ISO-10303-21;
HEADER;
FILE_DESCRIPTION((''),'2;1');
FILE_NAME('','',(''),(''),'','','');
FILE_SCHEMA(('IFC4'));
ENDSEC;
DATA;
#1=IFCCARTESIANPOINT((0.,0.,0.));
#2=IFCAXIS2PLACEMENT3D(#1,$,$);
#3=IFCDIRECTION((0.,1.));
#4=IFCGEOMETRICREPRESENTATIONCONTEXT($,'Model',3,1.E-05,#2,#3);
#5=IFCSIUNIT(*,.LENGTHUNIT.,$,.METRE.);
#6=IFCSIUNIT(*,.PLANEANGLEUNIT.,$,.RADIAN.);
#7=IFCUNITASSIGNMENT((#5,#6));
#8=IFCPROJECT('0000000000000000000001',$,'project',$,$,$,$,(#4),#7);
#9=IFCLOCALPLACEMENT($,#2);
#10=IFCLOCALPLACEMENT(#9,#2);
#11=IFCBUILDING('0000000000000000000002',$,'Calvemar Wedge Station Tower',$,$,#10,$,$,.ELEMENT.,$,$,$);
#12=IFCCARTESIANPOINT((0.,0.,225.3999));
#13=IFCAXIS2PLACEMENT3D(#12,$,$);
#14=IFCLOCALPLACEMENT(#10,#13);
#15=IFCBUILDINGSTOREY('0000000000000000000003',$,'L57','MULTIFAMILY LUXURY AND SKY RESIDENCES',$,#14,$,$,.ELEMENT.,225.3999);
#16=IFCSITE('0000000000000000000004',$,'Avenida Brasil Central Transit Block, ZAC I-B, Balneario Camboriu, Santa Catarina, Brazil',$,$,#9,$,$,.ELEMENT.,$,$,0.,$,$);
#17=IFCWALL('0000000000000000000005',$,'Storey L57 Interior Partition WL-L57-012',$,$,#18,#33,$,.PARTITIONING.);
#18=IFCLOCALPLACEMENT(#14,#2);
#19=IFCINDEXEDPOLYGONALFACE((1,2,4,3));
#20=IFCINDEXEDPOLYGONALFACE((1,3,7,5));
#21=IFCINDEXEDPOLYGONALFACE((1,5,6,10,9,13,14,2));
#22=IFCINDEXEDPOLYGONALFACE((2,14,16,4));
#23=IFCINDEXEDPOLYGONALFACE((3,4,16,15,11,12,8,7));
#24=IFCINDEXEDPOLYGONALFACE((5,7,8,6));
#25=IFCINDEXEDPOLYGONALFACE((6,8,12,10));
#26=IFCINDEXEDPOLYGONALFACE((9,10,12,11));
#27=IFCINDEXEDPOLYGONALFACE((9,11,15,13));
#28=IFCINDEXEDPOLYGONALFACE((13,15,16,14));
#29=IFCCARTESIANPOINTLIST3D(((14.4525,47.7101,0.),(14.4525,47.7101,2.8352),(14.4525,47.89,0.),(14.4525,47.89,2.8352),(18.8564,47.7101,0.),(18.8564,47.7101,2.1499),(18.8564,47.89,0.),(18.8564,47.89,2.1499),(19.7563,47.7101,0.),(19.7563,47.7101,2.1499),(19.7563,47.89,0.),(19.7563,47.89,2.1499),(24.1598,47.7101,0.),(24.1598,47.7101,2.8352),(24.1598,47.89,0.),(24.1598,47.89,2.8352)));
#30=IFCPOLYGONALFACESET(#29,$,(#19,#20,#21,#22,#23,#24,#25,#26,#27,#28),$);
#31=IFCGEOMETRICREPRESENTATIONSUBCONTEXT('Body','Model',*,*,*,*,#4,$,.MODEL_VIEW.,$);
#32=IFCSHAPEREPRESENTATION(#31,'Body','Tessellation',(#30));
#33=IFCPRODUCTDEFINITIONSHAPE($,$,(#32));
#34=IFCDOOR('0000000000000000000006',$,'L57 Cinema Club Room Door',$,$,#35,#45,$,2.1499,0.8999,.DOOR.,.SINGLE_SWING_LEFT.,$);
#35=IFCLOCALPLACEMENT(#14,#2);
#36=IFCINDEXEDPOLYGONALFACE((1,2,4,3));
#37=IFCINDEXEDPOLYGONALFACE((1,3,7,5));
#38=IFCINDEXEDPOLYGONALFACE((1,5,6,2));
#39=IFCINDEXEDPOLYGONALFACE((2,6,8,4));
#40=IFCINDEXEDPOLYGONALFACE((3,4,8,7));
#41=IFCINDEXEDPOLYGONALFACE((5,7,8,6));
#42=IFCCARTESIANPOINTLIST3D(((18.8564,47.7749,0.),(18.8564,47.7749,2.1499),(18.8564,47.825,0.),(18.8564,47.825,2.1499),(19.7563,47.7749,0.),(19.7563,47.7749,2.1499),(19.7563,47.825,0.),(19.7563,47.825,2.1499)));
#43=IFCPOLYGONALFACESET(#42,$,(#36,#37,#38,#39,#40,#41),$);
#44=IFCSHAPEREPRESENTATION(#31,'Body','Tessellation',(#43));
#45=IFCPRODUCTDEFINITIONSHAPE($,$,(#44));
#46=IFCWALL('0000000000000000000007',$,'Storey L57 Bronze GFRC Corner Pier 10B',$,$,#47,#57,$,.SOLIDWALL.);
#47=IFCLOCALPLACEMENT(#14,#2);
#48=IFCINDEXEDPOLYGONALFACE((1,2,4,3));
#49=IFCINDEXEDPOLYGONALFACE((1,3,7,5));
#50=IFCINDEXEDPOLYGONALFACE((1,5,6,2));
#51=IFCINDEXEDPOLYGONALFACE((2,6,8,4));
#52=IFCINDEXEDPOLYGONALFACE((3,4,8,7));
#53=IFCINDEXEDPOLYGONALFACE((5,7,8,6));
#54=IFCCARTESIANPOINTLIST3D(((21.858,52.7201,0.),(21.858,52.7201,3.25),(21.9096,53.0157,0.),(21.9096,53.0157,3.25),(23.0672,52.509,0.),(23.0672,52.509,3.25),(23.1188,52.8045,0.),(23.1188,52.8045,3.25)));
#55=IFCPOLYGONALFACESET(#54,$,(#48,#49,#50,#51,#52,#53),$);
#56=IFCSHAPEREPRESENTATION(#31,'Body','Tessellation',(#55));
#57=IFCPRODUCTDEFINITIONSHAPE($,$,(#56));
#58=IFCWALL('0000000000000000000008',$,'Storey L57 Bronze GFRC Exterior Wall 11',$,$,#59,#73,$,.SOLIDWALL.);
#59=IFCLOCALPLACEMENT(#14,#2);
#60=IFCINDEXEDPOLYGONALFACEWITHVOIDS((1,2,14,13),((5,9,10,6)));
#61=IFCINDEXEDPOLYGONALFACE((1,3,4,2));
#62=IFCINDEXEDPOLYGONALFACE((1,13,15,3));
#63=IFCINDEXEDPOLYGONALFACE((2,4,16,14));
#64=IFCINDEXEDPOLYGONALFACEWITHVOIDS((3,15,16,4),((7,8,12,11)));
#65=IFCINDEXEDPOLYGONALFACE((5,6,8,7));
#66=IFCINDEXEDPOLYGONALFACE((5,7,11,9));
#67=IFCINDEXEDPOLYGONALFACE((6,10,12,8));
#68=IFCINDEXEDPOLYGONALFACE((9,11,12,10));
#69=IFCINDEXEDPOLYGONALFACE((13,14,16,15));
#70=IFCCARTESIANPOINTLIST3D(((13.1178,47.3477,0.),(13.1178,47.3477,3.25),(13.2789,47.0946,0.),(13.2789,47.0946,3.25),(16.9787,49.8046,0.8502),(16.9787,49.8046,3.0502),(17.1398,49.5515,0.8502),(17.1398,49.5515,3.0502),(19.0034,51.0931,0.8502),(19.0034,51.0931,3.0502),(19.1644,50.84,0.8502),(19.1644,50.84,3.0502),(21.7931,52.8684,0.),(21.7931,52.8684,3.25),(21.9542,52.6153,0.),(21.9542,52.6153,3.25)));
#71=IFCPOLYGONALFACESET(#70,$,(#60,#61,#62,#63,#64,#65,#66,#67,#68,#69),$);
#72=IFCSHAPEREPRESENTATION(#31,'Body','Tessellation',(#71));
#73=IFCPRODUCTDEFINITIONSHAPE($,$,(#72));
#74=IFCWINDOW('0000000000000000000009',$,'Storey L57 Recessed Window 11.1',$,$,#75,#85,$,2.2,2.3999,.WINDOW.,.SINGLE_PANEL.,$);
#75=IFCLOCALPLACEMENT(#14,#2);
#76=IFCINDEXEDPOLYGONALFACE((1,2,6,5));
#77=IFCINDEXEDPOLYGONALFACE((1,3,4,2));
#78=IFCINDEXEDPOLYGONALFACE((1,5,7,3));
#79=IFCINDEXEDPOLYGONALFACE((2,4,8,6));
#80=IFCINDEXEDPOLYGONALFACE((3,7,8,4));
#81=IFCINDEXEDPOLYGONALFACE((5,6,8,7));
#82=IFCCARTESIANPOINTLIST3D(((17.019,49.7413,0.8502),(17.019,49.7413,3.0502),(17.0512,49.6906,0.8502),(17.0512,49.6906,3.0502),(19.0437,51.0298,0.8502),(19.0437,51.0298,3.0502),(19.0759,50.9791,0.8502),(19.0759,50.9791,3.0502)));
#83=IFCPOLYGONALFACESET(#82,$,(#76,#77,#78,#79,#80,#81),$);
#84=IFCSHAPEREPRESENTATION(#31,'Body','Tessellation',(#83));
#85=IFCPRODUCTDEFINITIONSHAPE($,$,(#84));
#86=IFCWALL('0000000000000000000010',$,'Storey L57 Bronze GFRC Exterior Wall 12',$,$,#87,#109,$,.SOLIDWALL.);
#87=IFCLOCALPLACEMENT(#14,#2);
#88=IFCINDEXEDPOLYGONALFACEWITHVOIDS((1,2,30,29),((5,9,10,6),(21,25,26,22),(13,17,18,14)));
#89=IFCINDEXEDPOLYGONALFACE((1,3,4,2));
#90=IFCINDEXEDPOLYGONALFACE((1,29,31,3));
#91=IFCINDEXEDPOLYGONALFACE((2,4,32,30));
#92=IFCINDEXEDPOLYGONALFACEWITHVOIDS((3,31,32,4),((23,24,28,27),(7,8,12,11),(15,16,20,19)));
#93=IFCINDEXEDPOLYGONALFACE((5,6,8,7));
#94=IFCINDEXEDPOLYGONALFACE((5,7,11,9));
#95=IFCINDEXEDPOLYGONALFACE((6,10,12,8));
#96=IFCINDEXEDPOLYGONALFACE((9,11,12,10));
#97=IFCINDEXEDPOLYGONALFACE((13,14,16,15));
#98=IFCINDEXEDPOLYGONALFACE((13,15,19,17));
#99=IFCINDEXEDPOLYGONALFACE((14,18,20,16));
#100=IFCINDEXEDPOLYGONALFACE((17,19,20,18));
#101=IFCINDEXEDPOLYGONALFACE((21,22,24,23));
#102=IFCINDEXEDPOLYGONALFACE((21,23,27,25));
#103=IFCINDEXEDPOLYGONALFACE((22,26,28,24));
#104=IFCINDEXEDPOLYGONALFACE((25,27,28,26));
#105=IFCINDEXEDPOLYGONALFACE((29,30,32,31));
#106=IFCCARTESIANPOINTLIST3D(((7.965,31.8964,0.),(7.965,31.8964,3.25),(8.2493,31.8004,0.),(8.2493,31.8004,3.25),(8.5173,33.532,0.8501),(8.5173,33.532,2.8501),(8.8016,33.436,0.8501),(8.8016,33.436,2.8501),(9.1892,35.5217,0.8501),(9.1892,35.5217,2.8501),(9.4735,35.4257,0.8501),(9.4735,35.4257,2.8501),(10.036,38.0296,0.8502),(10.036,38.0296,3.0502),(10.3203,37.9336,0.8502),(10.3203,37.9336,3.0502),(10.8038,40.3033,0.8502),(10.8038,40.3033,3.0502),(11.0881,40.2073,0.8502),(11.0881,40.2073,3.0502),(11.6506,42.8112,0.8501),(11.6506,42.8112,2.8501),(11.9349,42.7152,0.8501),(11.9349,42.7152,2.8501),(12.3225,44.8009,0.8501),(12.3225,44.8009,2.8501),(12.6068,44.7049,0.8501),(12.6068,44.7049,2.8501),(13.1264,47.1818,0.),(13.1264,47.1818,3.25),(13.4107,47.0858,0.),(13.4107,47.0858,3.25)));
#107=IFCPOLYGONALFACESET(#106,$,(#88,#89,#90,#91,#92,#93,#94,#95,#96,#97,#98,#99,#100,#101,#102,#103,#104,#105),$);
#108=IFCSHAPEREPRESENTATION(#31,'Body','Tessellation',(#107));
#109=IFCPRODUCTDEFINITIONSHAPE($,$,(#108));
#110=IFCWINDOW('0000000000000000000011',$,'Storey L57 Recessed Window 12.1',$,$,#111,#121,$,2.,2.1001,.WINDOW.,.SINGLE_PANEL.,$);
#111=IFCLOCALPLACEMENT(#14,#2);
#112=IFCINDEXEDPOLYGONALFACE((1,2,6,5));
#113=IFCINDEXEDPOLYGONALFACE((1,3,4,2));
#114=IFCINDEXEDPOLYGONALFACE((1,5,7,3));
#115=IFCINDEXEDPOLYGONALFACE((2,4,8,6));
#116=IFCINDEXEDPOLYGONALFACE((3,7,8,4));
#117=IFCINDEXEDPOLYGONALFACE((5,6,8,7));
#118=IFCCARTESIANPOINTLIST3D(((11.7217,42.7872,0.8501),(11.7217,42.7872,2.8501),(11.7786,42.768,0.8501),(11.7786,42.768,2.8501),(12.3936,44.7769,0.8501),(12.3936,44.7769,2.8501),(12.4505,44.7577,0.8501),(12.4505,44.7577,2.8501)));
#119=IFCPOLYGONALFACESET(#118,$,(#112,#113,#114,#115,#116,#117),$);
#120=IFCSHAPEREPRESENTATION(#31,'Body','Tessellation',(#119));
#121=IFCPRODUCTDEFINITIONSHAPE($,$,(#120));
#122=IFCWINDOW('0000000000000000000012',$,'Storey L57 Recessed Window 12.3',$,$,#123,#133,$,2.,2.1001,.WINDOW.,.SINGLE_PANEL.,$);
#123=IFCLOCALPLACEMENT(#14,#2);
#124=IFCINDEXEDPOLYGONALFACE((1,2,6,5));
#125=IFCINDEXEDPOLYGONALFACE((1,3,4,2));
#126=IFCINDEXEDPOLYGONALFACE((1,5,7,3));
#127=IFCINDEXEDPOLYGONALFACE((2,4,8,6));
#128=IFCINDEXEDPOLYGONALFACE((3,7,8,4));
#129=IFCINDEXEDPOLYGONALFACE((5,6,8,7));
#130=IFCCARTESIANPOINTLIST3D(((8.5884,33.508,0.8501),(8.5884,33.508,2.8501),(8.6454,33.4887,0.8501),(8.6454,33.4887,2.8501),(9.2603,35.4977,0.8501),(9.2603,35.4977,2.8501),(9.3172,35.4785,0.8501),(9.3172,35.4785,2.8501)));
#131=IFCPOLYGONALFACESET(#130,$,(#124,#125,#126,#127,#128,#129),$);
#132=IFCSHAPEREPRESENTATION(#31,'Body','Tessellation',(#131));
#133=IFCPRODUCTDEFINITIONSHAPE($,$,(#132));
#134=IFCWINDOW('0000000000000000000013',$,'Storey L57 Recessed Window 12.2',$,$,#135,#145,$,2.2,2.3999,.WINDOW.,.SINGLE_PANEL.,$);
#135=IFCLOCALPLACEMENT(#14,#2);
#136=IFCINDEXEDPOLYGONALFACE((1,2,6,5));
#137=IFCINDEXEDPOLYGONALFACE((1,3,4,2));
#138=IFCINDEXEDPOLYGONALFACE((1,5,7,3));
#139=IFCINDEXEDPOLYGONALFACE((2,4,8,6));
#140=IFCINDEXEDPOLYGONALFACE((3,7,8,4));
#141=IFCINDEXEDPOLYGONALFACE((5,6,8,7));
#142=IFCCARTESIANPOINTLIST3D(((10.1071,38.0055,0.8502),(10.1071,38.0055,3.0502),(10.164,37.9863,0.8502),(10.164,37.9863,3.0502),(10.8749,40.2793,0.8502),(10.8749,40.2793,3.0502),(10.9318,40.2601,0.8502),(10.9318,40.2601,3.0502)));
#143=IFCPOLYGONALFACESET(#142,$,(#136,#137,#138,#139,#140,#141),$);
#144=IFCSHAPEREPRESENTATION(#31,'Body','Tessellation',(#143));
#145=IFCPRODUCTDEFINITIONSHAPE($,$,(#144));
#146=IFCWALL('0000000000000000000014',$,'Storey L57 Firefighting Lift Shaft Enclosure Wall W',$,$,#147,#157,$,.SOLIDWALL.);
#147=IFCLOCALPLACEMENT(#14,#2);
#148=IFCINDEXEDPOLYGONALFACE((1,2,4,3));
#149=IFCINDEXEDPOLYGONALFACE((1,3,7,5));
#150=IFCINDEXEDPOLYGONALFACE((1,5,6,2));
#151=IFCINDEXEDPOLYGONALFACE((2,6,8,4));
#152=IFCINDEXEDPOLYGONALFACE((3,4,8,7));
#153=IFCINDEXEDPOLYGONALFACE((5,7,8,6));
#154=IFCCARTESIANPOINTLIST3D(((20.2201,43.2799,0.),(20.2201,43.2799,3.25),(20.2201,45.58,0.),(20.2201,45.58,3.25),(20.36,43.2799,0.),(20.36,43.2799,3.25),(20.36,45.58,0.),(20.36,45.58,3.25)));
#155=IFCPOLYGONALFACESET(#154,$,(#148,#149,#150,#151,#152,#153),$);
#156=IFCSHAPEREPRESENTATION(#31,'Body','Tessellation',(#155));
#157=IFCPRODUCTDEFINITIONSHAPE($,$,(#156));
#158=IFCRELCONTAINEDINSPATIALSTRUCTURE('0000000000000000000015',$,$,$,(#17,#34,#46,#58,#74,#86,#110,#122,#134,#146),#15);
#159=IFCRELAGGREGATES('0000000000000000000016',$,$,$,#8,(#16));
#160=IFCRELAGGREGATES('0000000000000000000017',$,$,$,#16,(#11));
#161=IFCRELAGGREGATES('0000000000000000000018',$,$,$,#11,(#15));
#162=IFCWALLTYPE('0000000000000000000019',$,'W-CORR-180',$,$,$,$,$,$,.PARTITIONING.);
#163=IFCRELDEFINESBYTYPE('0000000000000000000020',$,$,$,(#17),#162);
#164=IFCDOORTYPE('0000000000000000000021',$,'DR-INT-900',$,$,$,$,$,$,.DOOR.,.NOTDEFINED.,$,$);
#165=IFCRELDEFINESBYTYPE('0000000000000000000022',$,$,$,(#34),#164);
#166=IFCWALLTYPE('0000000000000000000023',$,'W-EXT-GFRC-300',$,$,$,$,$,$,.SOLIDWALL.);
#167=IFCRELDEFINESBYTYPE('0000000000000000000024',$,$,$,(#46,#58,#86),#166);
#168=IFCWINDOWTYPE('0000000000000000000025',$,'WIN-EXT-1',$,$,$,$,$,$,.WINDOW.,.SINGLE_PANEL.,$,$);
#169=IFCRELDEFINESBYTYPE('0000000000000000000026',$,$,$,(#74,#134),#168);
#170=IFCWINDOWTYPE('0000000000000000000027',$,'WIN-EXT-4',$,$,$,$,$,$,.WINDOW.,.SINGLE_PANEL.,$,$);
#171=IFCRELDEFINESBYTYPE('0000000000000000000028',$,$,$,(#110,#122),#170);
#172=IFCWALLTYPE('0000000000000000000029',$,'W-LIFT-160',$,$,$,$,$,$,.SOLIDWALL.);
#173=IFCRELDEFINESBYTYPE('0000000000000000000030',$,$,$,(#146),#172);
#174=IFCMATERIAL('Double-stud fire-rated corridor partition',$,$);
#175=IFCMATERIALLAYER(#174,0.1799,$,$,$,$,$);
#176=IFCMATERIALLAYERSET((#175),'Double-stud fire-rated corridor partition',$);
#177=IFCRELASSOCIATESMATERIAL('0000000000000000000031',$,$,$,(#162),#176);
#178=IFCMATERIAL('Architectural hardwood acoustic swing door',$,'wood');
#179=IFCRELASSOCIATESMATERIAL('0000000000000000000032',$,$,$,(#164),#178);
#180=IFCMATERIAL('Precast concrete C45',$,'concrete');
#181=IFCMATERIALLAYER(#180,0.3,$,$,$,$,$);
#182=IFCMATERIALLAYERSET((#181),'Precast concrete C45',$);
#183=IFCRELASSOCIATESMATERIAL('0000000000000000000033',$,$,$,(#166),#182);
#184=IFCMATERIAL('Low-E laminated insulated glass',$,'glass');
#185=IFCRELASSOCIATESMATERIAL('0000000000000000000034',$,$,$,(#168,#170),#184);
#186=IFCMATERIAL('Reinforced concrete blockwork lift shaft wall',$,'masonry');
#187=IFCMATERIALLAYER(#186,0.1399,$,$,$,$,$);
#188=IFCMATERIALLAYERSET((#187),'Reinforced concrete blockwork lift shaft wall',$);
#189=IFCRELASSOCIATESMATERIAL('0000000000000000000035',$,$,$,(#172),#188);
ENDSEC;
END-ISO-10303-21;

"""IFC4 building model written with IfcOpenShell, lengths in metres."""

from ifc_helpers import new_model, si_unit, direction, frame, frame_2d, origin, place, context, subcontext, project, spatial, rectangle, extrude, source, transform, mapped, material, layer, layer_set, type_object, element, fill, save


model = new_model("IFC4")

# Units and contexts
model_context = context("Model", 3, precision=1e-05, world=origin(), true_north=direction((0.0, 1.0)))
body_context = subcontext(model_context, "Body", "Model", "MODEL_VIEW")
ifc_project = project(units=[si_unit("LENGTHUNIT", "METRE"), si_unit("PLANEANGLEUNIT", "RADIAN")], contexts=[model_context])

# Site, building, storey
site_placement = place(None, origin())
site = spatial("IfcSite", under=ifc_project, at=site_placement, Name="Avenida Brasil Central Transit Block, ZAC I-B, Balneario Camboriu, Santa Catarina, Brazil", CompositionType="ELEMENT", RefElevation=0.0)
building_placement = place(site_placement, origin())
building = spatial("IfcBuilding", under=site, at=building_placement, Name="Calvemar Wedge Station Tower", CompositionType="ELEMENT")
storey_placement = place(building_placement, frame((0.0, 0.0, 225.3999)))
storey = spatial("IfcBuildingStorey", under=building, at=storey_placement, Name="L57", Description="MULTIFAMILY LUXURY AND SKY RESIDENCES", CompositionType="ELEMENT", Elevation=225.3999)

# Shared definitions
ifc_material_1 = material(Name="Double-stud fire-rated corridor partition")
ifc_layer_1 = layer(ifc_material_1, 0.1799)
ifc_layer_set_1 = layer_set([ifc_layer_1], Name="Double-stud fire-rated corridor partition")
wall_type_1 = type_object("IfcWallType", Name="W-CORR-180", PredefinedType="PARTITIONING", material=ifc_layer_set_1)

# Wall, opening, door
wall_1_placement = place(storey_placement, frame((14.4526, 47.8, 0.0), z_axis=(0.0, 0.0, 1.0), x_axis=(1.0, 0.0, 0.0)))
wall_1 = element("IfcWall", 1, at=wall_1_placement, inside=storey, type_object=wall_type_1, Name="Storey L57 Interior Partition WL-L57-012", PredefinedType="PARTITIONING", context=body_context, shape_type="SweptSolid", body=[
    extrude(rectangle(XDim=9.7073, YDim=0.1799, at=frame_2d((4.8535, 0.0))), origin(), (0.0, 0.0, 1.0), 2.8352),
])
shared_shape_1 = source(origin(), body_context, "Body", "SweptSolid", [
    extrude(rectangle(XDim=0.8999, YDim=2.1499, at=frame_2d((0.45, 1.075))), frame((0.0, 0.1001, 0.0), z_axis=(0.0, -1.0, 0.0), x_axis=(1.0, 0.0, 0.0)), (0.0, 0.0, 1.0), 0.2),
])
opening_1_placement = place(wall_1_placement, frame((4.4038, 0.0, 0.0)))
opening_1 = element("IfcOpeningElement", 2, at=opening_1_placement, cuts=wall_1, PredefinedType="OPENING", context=body_context, shape_type="MappedRepresentation", body=[
    mapped(shared_shape_1, transform((0.0, 0.0, 0.0), scale=1.0)),
])
ifc_material_2 = material(Name="Architectural hardwood acoustic swing door", Category="wood")
door_type_1 = type_object("IfcDoorType", Name="DR-INT-900", OperationType="NOTDEFINED", PredefinedType="DOOR", material=ifc_material_2)
shared_shape_2 = source(origin(), body_context, "Body", "SweptSolid", [
    extrude(rectangle(XDim=0.8999, YDim=2.1499, at=frame_2d((0.45, 1.075))), frame((0.0, 0.0249, 0.0), z_axis=(0.0, -1.0, 0.0), x_axis=(1.0, 0.0, 0.0)), (0.0, 0.0, 1.0), 0.05),
])
door_1_placement = place(opening_1_placement, origin())
door_1 = element("IfcDoor", 3, at=door_1_placement, inside=storey, type_object=door_type_1, Name="L57 Cinema Club Room Door", OperationType="SINGLE_SWING_LEFT", OverallHeight=2.1499, OverallWidth=0.8999, PredefinedType="DOOR", context=body_context, shape_type="MappedRepresentation", body=[
    mapped(shared_shape_2, transform((0.0, 0.0, 0.0), scale=1.0)),
])
fill(opening_1, door_1)

# Wall
ifc_material_3 = material(Name="Precast concrete C45", Category="concrete")
ifc_layer_2 = layer(ifc_material_3, 0.3)
ifc_layer_set_2 = layer_set([ifc_layer_2], Name="Precast concrete C45")
wall_type_2 = type_object("IfcWallType", Name="W-EXT-GFRC-300", PredefinedType="SOLIDWALL", material=ifc_layer_set_2)
wall_2_placement = place(storey_placement, frame((23.093, 52.6567, 0.0), z_axis=(0.0, 0.0, 1.0), x_axis=(-0.98509, 0.172038, 0.0)))
element("IfcWall", 4, at=wall_2_placement, inside=storey, type_object=wall_type_2, Name="Storey L57 Bronze GFRC Corner Pier 10B", PredefinedType="SOLIDWALL", context=body_context, shape_type="SweptSolid", body=[
    extrude(rectangle(XDim=1.2275, YDim=0.3, at=frame_2d((0.6138, 0.0))), origin(), (0.0, 0.0, 1.0), 3.25),
])

# Wall, opening, window
wall_3_placement = place(storey_placement, frame((21.8738, 52.7419, 0.0), z_axis=(0.0, 0.0, 1.0), x_axis=(-0.843657, -0.536883, 0.0)))
wall_3 = element("IfcWall", 5, at=wall_3_placement, inside=storey, type_object=wall_type_2, Name="Storey L57 Bronze GFRC Exterior Wall 11", PredefinedType="SOLIDWALL", context=body_context, shape_type="SweptSolid", body=[
    extrude(rectangle(XDim=10.283, YDim=0.3, at=frame_2d((5.1416, 0.0))), origin(), (0.0, 0.0, 1.0), 3.25),
])
shared_shape_3 = source(origin(), body_context, "Body", "SweptSolid", [
    extrude(rectangle(XDim=2.3999, YDim=2.2, at=frame_2d((1.2, 1.1001))), frame((0.0, 0.1602, 0.0), z_axis=(0.0, -1.0, 0.0), x_axis=(1.0, 0.0, 0.0)), (0.0, 0.0, 1.0), 0.3201),
])
opening_2_placement = place(wall_3_placement, frame((3.3069, 0.0, 0.8501)))
opening_2 = element("IfcOpeningElement", 6, at=opening_2_placement, cuts=wall_3, PredefinedType="OPENING", context=body_context, shape_type="MappedRepresentation", body=[
    mapped(shared_shape_3, transform((0.0, 0.0, 0.0), scale=1.0)),
])
ifc_material_4 = material(Name="Low-E laminated insulated glass", Category="glass")
window_type_1 = type_object("IfcWindowType", Name="WIN-EXT-1", PartitioningType="SINGLE_PANEL", PredefinedType="WINDOW", material=ifc_material_4)
shared_shape_4 = source(origin(), body_context, "Body", "SweptSolid", [
    extrude(rectangle(XDim=2.3999, YDim=2.2, at=frame_2d((1.2, 1.1001))), frame((0.0, -0.0149, 0.0), z_axis=(0.0, -1.0, 0.0), x_axis=(1.0, 0.0, 0.0)), (0.0, 0.0, 1.0), 0.0601),
])
window_1_placement = place(opening_2_placement, origin())
window_1 = element("IfcWindow", 7, at=window_1_placement, inside=storey, type_object=window_type_1, Name="Storey L57 Recessed Window 11.1", OverallHeight=2.2, OverallWidth=2.3999, PartitioningType="SINGLE_PANEL", PredefinedType="WINDOW", context=body_context, shape_type="MappedRepresentation", body=[
    mapped(shared_shape_4, transform((0.0, 0.0, 0.0), scale=1.0)),
])
fill(opening_2, window_1)

# Wall, openings, windows
wall_4_placement = place(storey_placement, frame((13.2686, 47.1338, 0.0), z_axis=(0.0, 0.0, 1.0), x_axis=(-0.319921, -0.947444, 0.0)))
wall_4 = element("IfcWall", 8, at=wall_4_placement, inside=storey, type_object=wall_type_2, Name="Storey L57 Bronze GFRC Exterior Wall 12", PredefinedType="SOLIDWALL", context=body_context, shape_type="SweptSolid", body=[
    extrude(rectangle(XDim=16.1333, YDim=0.3, at=frame_2d((8.0667, 0.0))), origin(), (0.0, 0.0, 1.0), 3.25),
])
shared_shape_5 = source(origin(), body_context, "Body", "SweptSolid", [
    extrude(rectangle(XDim=2.1001, YDim=2.0, at=frame_2d((1.05, 1.0))), frame((0.0, 0.1602, 0.0), z_axis=(0.0, -1.0, 0.0), x_axis=(1.0, 0.0, 0.0)), (0.0, 0.0, 1.0), 0.3201),
])
opening_3_placement = place(wall_4_placement, frame((2.5129, 0.0, 0.8501)))
opening_3 = element("IfcOpeningElement", 9, at=opening_3_placement, cuts=wall_4, PredefinedType="OPENING", context=body_context, shape_type="MappedRepresentation", body=[
    mapped(shared_shape_5, transform((0.0, 0.0, 0.0), scale=1.0)),
])
opening_4_placement = place(wall_4_placement, frame((7.26, 0.0, 0.8501)))
opening_4 = element("IfcOpeningElement", 10, at=opening_4_placement, cuts=wall_4, PredefinedType="OPENING", context=body_context, shape_type="MappedRepresentation", body=[
    mapped(shared_shape_3, transform((0.0, 0.0, 0.0), scale=1.0)),
])
opening_5_placement = place(wall_4_placement, frame((12.3069, 0.0, 0.8501)))
opening_5 = element("IfcOpeningElement", 11, at=opening_5_placement, cuts=wall_4, PredefinedType="OPENING", context=body_context, shape_type="MappedRepresentation", body=[
    mapped(shared_shape_5, transform((0.0, 0.0, 0.0), scale=1.0)),
])
window_type_2 = type_object("IfcWindowType", Name="WIN-EXT-4", PartitioningType="SINGLE_PANEL", PredefinedType="WINDOW", material=ifc_material_4)
shared_shape_6 = source(origin(), body_context, "Body", "SweptSolid", [
    extrude(rectangle(XDim=2.1001, YDim=2.0, at=frame_2d((1.05, 1.0))), frame((0.0, -0.0149, 0.0), z_axis=(0.0, -1.0, 0.0), x_axis=(1.0, 0.0, 0.0)), (0.0, 0.0, 1.0), 0.0601),
])
window_2_placement = place(opening_3_placement, origin())
window_2 = element("IfcWindow", 12, at=window_2_placement, inside=storey, type_object=window_type_2, Name="Storey L57 Recessed Window 12.1", OverallHeight=2.0, OverallWidth=2.1001, PartitioningType="SINGLE_PANEL", PredefinedType="WINDOW", context=body_context, shape_type="MappedRepresentation", body=[
    mapped(shared_shape_6, transform((0.0, 0.0, 0.0), scale=1.0)),
])
fill(opening_3, window_2)
window_3_placement = place(opening_5_placement, origin())
window_3 = element("IfcWindow", 13, at=window_3_placement, inside=storey, type_object=window_type_2, Name="Storey L57 Recessed Window 12.3", OverallHeight=2.0, OverallWidth=2.1001, PartitioningType="SINGLE_PANEL", PredefinedType="WINDOW", context=body_context, shape_type="MappedRepresentation", body=[
    mapped(shared_shape_6, transform((0.0, 0.0, 0.0), scale=1.0)),
])
fill(opening_5, window_3)
window_4_placement = place(opening_4_placement, origin())
window_4 = element("IfcWindow", 14, at=window_4_placement, inside=storey, type_object=window_type_1, Name="Storey L57 Recessed Window 12.2", OverallHeight=2.2, OverallWidth=2.3999, PartitioningType="SINGLE_PANEL", PredefinedType="WINDOW", context=body_context, shape_type="MappedRepresentation", body=[
    mapped(shared_shape_4, transform((0.0, 0.0, 0.0), scale=1.0)),
])
fill(opening_4, window_4)

# Shared definitions
ifc_material_5 = material(Name="Reinforced concrete blockwork lift shaft wall", Category="masonry")
ifc_layer_3 = layer(ifc_material_5, 0.1399)
ifc_layer_set_3 = layer_set([ifc_layer_3], Name="Reinforced concrete blockwork lift shaft wall")
wall_type_3 = type_object("IfcWallType", Name="W-LIFT-160", PredefinedType="SOLIDWALL", material=ifc_layer_set_3)

# Wall
wall_5_placement = place(storey_placement, frame((20.29, 43.28, 0.0), z_axis=(0.0, 0.0, 1.0), x_axis=(0.0, 1.0, 0.0)))
element("IfcWall", 15, at=wall_5_placement, inside=storey, type_object=wall_type_3, Name="Storey L57 Firefighting Lift Shaft Enclosure Wall W", PredefinedType="SOLIDWALL", context=body_context, shape_type="SweptSolid", body=[
    extrude(rectangle(XDim=2.3, YDim=0.1399, at=frame_2d((1.1499, 0.0))), origin(), (0.0, 0.0, 1.0), 3.25),
])

save(model, "model.ifc")
